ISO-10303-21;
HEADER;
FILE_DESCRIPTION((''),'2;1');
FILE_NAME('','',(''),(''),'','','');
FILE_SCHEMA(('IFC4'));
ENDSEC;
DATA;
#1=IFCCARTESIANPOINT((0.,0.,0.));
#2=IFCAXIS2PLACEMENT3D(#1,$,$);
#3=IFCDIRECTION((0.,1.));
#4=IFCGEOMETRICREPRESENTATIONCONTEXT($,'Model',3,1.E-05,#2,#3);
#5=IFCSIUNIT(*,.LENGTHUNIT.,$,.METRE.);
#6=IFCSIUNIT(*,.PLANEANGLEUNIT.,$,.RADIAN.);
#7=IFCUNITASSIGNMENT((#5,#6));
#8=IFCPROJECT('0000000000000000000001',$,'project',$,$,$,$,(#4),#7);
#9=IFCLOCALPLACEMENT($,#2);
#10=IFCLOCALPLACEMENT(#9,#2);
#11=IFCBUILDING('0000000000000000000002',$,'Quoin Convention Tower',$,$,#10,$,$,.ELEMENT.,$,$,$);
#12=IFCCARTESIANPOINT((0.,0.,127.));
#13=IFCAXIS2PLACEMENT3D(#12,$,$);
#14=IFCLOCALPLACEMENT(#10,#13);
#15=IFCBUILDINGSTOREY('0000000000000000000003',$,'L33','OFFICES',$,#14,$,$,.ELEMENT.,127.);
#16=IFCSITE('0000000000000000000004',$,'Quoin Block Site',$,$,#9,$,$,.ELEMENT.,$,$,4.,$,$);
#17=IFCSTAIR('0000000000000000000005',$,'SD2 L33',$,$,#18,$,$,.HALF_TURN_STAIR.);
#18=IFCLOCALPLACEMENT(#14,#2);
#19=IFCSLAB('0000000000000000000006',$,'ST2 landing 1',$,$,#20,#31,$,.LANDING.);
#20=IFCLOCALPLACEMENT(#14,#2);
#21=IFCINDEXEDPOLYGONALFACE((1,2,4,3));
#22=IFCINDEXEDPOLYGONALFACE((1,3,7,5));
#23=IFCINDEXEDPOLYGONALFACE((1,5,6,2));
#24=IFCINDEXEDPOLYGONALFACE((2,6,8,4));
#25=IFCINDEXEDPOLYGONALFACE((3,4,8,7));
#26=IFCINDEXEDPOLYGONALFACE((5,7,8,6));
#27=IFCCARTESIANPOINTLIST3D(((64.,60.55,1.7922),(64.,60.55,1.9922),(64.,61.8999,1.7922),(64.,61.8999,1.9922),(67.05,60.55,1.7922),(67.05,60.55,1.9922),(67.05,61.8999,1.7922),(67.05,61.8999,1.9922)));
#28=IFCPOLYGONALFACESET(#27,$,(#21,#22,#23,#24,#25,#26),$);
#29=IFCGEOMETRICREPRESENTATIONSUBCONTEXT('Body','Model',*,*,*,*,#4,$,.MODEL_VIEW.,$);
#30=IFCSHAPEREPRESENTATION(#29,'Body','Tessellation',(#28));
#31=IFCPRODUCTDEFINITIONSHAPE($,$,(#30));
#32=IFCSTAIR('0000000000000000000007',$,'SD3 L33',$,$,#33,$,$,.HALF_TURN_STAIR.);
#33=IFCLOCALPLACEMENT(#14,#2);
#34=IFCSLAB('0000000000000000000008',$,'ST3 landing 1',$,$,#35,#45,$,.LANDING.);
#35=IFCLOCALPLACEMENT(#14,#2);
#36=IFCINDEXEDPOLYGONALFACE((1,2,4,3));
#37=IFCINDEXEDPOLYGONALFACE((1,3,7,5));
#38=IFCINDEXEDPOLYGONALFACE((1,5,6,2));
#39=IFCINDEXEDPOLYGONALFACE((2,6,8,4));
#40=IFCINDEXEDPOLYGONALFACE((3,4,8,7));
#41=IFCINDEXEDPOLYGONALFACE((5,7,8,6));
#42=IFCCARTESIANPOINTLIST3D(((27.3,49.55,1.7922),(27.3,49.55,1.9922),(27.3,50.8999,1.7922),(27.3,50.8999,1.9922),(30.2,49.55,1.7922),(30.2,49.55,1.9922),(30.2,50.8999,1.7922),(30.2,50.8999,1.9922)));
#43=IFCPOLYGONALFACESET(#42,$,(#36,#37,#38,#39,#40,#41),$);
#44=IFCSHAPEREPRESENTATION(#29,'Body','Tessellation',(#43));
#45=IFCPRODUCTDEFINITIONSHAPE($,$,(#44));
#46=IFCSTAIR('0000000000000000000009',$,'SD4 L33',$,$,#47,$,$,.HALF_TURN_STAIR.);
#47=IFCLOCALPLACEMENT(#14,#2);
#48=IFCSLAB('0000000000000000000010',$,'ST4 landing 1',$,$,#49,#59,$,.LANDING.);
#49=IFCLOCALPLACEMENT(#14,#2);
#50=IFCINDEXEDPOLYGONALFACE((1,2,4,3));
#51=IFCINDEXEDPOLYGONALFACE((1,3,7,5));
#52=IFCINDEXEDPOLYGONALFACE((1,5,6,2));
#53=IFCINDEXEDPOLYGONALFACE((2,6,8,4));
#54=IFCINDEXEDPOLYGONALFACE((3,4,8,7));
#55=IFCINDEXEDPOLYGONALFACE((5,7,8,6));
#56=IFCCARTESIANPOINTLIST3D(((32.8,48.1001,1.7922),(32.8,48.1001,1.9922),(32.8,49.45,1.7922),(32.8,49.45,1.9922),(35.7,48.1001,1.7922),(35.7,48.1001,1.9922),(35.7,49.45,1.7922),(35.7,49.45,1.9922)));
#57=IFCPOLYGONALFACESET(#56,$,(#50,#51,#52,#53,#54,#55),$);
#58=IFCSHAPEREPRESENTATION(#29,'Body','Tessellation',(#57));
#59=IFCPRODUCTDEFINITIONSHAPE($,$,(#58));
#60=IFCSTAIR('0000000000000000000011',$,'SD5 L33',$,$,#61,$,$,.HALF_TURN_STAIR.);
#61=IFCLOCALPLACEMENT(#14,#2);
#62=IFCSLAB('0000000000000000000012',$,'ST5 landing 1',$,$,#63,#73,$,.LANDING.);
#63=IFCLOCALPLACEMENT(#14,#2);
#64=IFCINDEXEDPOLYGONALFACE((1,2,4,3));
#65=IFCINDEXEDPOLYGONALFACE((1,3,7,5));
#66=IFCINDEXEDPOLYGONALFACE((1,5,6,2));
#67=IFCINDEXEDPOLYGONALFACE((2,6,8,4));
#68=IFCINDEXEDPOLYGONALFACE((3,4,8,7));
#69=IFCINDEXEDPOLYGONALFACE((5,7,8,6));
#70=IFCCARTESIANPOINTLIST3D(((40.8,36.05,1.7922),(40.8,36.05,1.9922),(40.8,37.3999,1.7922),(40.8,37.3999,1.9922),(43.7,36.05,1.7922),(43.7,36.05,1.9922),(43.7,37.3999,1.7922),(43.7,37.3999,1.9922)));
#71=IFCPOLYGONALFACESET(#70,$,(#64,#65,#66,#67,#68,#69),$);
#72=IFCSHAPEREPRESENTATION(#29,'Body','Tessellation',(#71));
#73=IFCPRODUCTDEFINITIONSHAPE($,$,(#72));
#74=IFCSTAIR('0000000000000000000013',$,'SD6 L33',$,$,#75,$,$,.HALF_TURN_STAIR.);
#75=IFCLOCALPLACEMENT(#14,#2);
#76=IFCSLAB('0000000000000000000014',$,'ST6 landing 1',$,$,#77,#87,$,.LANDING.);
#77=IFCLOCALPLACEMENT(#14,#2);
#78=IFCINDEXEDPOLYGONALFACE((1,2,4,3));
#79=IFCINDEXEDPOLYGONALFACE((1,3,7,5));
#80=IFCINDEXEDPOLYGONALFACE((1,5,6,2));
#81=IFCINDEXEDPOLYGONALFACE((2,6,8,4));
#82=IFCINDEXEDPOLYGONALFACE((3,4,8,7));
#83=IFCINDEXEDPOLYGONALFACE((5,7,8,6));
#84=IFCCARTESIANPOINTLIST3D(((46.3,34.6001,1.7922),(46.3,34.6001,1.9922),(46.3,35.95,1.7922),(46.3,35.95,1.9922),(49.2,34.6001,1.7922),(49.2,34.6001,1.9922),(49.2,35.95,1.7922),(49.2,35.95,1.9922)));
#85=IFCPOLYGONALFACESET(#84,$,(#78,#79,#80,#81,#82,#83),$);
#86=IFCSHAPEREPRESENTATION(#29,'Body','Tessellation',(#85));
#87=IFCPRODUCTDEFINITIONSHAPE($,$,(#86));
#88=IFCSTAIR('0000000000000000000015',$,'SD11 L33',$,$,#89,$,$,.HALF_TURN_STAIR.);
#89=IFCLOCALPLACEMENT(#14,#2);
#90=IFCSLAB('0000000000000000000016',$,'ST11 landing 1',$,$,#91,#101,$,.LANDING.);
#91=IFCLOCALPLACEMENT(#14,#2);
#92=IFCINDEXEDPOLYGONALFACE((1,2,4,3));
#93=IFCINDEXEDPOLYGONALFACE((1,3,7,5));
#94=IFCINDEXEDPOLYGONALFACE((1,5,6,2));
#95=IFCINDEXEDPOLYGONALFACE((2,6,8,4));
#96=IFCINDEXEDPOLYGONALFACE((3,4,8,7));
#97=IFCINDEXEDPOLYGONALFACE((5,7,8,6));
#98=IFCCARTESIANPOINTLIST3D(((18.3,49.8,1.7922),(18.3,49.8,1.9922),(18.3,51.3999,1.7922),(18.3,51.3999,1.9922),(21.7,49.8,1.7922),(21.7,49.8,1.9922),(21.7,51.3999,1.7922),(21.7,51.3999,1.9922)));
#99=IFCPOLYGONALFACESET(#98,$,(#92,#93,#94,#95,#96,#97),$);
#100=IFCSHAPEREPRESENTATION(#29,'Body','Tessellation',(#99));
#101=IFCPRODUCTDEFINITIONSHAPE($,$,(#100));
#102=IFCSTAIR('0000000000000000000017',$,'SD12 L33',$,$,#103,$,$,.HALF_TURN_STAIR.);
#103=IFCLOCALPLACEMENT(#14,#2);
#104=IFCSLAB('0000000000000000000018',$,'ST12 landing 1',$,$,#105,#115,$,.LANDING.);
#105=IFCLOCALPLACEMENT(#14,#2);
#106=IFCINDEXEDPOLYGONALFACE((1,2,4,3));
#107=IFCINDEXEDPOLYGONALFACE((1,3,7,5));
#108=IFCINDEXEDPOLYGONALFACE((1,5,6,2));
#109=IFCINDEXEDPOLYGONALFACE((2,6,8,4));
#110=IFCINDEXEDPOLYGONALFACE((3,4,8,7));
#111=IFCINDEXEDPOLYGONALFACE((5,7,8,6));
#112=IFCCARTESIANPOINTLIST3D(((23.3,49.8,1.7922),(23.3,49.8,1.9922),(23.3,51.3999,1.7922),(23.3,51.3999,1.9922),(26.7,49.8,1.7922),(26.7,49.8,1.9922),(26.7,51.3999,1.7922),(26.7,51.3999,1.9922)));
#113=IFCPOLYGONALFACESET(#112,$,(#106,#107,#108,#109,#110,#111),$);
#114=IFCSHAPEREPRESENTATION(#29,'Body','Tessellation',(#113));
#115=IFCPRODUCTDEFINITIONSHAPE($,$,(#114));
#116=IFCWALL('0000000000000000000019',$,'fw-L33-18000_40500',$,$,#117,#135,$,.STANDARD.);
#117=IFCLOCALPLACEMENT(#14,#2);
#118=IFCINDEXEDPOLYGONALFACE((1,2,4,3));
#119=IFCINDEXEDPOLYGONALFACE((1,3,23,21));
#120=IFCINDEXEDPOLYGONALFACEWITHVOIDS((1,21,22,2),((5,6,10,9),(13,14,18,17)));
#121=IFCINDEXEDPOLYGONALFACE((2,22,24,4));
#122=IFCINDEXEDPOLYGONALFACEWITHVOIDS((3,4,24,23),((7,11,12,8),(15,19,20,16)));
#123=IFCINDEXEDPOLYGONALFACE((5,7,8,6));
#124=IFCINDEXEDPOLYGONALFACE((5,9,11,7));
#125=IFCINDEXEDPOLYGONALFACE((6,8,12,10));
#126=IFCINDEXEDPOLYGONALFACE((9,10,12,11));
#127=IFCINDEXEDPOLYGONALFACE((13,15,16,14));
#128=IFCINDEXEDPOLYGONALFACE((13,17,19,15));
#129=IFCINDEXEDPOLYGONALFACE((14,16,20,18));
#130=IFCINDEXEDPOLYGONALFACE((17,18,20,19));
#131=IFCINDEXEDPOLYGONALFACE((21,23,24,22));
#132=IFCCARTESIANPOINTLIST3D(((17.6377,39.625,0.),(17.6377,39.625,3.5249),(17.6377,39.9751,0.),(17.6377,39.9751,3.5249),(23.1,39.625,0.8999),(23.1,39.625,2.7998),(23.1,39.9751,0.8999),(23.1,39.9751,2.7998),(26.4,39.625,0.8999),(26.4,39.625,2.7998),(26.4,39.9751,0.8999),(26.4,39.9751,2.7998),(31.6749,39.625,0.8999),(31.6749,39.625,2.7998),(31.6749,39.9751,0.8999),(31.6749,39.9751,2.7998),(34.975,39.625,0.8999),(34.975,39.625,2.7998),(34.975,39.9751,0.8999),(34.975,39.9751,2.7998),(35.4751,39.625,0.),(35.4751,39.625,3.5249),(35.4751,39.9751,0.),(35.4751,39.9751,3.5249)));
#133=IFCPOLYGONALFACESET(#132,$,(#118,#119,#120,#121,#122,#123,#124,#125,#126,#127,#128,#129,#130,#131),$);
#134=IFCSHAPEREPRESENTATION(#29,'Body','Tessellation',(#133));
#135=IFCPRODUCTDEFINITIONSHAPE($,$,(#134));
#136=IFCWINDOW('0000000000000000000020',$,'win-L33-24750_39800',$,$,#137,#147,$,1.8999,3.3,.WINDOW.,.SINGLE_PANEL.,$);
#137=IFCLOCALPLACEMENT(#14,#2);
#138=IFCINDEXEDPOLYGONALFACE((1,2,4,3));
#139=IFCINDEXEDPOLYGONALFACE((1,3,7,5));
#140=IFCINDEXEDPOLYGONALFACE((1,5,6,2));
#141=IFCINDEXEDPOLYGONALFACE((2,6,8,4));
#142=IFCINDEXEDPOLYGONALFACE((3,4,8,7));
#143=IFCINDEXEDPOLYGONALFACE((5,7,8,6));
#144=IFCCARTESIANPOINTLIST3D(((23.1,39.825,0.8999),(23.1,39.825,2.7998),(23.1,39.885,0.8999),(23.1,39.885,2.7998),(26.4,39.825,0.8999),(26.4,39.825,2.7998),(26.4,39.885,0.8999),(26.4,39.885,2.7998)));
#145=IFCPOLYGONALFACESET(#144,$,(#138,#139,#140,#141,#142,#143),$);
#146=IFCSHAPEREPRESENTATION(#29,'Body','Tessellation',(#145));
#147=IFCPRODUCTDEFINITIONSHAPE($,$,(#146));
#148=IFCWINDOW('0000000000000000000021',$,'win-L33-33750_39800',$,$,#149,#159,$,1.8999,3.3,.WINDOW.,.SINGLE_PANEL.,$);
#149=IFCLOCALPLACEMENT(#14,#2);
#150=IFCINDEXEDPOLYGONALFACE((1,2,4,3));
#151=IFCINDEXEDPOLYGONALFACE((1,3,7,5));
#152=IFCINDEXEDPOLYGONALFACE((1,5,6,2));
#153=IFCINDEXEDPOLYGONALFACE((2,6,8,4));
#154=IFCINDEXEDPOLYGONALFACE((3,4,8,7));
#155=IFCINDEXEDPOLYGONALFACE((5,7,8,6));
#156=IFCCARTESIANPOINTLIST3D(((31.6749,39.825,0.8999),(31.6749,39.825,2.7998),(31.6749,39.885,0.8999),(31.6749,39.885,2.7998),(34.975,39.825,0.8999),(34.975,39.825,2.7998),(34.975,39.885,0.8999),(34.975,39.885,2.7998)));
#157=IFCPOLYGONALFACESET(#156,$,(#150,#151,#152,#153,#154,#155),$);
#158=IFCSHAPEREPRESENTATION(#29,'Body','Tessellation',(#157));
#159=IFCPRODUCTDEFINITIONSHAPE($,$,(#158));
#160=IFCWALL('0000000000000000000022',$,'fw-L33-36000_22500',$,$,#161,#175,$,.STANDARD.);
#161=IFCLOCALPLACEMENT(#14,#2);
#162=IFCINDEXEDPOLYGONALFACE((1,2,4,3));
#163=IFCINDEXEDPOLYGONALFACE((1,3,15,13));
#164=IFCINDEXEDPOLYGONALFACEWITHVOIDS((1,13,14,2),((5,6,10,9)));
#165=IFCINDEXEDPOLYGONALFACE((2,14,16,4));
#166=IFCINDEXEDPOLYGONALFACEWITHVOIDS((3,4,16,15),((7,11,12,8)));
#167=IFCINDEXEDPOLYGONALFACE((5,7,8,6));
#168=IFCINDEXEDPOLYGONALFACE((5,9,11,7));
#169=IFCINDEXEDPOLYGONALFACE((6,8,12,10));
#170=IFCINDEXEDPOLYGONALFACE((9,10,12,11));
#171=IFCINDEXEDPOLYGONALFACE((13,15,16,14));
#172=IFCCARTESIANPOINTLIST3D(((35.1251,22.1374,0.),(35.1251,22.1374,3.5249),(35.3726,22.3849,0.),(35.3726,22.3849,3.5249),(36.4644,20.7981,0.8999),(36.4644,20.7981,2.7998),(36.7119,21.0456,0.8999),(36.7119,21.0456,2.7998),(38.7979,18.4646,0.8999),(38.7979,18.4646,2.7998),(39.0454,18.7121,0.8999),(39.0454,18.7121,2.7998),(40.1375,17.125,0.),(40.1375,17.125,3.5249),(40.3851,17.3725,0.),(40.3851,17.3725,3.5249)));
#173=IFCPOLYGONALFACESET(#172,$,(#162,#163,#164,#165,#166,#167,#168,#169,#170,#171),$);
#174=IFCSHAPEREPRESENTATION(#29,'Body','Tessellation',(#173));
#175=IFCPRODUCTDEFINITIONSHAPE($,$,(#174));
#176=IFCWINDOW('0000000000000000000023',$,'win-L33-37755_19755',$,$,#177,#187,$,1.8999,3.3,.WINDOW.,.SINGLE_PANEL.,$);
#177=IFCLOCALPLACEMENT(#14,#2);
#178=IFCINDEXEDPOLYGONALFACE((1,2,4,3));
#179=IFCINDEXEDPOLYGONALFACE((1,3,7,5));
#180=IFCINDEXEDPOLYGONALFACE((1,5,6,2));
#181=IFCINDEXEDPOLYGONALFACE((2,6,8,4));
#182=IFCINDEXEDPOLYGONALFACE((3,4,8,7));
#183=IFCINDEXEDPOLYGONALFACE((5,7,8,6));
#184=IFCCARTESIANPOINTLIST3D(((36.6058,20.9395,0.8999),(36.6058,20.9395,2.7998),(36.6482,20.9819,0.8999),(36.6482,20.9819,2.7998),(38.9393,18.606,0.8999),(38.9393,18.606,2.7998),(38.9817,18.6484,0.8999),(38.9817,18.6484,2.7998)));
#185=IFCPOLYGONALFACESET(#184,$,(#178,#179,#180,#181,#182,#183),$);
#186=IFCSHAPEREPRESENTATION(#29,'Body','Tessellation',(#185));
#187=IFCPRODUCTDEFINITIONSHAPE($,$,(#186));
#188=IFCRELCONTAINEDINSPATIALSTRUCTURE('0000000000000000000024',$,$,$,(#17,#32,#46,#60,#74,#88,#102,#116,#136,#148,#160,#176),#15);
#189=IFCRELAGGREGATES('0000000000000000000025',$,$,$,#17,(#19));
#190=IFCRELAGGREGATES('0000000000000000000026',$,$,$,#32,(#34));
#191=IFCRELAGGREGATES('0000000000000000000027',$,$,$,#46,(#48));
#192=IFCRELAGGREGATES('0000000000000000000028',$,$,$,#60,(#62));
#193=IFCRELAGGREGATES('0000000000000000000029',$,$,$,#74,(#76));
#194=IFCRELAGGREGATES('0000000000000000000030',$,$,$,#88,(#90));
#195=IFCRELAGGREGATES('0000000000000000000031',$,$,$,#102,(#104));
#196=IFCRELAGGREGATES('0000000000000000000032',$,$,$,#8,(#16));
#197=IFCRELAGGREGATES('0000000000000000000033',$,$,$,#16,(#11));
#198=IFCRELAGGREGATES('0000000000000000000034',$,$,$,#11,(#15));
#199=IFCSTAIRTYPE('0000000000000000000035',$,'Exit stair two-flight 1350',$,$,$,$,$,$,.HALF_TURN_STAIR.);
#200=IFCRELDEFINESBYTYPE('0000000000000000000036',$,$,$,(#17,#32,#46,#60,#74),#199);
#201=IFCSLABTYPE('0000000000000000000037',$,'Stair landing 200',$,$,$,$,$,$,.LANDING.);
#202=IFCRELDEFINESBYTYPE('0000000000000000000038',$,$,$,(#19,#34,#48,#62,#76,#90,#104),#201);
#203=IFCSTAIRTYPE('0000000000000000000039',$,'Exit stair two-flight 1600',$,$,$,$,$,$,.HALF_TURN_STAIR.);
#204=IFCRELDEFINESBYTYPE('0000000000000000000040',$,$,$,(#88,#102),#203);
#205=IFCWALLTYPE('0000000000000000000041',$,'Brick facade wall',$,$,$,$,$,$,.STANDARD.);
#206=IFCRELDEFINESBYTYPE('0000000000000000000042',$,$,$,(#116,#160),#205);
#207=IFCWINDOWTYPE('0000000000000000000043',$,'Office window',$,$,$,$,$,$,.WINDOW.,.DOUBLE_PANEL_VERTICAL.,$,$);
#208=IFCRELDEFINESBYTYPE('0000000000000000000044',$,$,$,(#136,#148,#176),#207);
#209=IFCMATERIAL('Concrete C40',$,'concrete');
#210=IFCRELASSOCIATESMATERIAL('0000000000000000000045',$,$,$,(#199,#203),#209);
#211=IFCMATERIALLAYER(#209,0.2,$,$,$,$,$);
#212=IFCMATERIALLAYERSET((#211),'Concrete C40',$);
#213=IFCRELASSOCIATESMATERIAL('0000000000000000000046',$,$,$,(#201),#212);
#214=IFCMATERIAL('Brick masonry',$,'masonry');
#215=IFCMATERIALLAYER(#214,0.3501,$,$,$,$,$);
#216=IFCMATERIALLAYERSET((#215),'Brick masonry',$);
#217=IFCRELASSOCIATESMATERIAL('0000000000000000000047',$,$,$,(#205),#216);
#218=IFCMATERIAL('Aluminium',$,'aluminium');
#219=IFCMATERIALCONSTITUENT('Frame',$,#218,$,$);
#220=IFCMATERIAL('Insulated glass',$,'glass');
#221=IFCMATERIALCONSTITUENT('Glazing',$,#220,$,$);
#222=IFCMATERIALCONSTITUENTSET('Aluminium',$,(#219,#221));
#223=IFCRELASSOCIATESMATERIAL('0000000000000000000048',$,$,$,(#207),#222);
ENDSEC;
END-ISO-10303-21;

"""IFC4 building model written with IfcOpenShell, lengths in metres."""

from ifc_helpers import new_model, si_unit, direction, frame, frame_2d, origin, place, context, subcontext, project, spatial, polyline, rectangle, outline, extrude, material, layer, layer_set, constituent, constituent_set, type_object, element, fill, aggregate, save


model = new_model("IFC4")

# Units and contexts
model_context = context("Model", 3, precision=1e-05, world=origin(), true_north=direction((0.0, 1.0)))
body_context = subcontext(model_context, "Body", "Model", "MODEL_VIEW")
ifc_project = project(units=[si_unit("LENGTHUNIT", "METRE"), si_unit("PLANEANGLEUNIT", "RADIAN")], contexts=[model_context])

# Site, building, storey
site_placement = place(None, origin())
site = spatial("IfcSite", under=ifc_project, at=site_placement, Name="Quoin Block Site", CompositionType="ELEMENT", RefElevation=4.0)
building_placement = place(site_placement, origin())
building = spatial("IfcBuilding", under=site, at=building_placement, Name="Quoin Convention Tower", CompositionType="ELEMENT")
storey_placement = place(building_placement, frame((0.0, 0.0, 127.0)))
storey = spatial("IfcBuildingStorey", under=building, at=storey_placement, Name="L33", Description="OFFICES", CompositionType="ELEMENT", Elevation=127.0)

# Shared definitions
ifc_material_1 = material(Name="Concrete C40", Category="concrete")

# Stairs, slabs
stair_type_1 = type_object("IfcStairType", Name="Exit stair two-flight 1350", PredefinedType="HALF_TURN_STAIR", material=ifc_material_1)
ifc_layer_1 = layer(ifc_material_1, 0.2)
ifc_layer_set_1 = layer_set([ifc_layer_1], Name="Concrete C40")
slab_type_1 = type_object("IfcSlabType", Name="Stair landing 200", PredefinedType="LANDING", material=ifc_layer_set_1)
stair_1_placement = place(storey_placement, origin())
stair_1 = element("IfcStair", 1, at=stair_1_placement, inside=storey, type_object=stair_type_1, Name="SD2 L33", PredefinedType="HALF_TURN_STAIR")
slab_1_placement = place(storey_placement, frame((0.0, 0.0, 1.7922)))
slab_1 = element("IfcSlab", 2, at=slab_1_placement, type_object=slab_type_1, Name="ST2 landing 1", PredefinedType="LANDING", context=body_context, shape_type="SweptSolid", body=[
    extrude(outline(polyline([(64.0, 60.55), (67.05, 60.55), (67.05, 61.8999), (64.0, 61.8999), (64.0, 60.55)])), origin(), (0.0, 0.0, 1.0), 0.2),
])
aggregate(stair_1, [slab_1])
stair_2_placement = place(storey_placement, origin())
stair_2 = element("IfcStair", 3, at=stair_2_placement, inside=storey, type_object=stair_type_1, Name="SD3 L33", PredefinedType="HALF_TURN_STAIR")
slab_2_placement = place(storey_placement, frame((0.0, 0.0, 1.7922)))
slab_2 = element("IfcSlab", 4, at=slab_2_placement, type_object=slab_type_1, Name="ST3 landing 1", PredefinedType="LANDING", context=body_context, shape_type="SweptSolid", body=[
    extrude(outline(polyline([(27.3, 49.55), (30.2, 49.55), (30.2, 50.8999), (27.3, 50.8999), (27.3, 49.55)])), origin(), (0.0, 0.0, 1.0), 0.2),
])
aggregate(stair_2, [slab_2])
stair_3_placement = place(storey_placement, origin())
stair_3 = element("IfcStair", 5, at=stair_3_placement, inside=storey, type_object=stair_type_1, Name="SD4 L33", PredefinedType="HALF_TURN_STAIR")
slab_3_placement = place(storey_placement, frame((0.0, 0.0, 1.7922)))
slab_3 = element("IfcSlab", 6, at=slab_3_placement, type_object=slab_type_1, Name="ST4 landing 1", PredefinedType="LANDING", context=body_context, shape_type="SweptSolid", body=[
    extrude(outline(polyline([(35.7, 49.45), (32.8, 49.45), (32.8, 48.1001), (35.7, 48.1001), (35.7, 49.45)])), origin(), (0.0, 0.0, 1.0), 0.2),
])
aggregate(stair_3, [slab_3])
stair_4_placement = place(storey_placement, origin())
stair_4 = element("IfcStair", 7, at=stair_4_placement, inside=storey, type_object=stair_type_1, Name="SD5 L33", PredefinedType="HALF_TURN_STAIR")
slab_4_placement = place(storey_placement, frame((0.0, 0.0, 1.7922)))
slab_4 = element("IfcSlab", 8, at=slab_4_placement, type_object=slab_type_1, Name="ST5 landing 1", PredefinedType="LANDING", context=body_context, shape_type="SweptSolid", body=[
    extrude(outline(polyline([(40.8, 36.05), (43.7, 36.05), (43.7, 37.3999), (40.8, 37.3999), (40.8, 36.05)])), origin(), (0.0, 0.0, 1.0), 0.2),
])
aggregate(stair_4, [slab_4])
stair_5_placement = place(storey_placement, origin())
stair_5 = element("IfcStair", 9, at=stair_5_placement, inside=storey, type_object=stair_type_1, Name="SD6 L33", PredefinedType="HALF_TURN_STAIR")
slab_5_placement = place(storey_placement, frame((0.0, 0.0, 1.7922)))
slab_5 = element("IfcSlab", 10, at=slab_5_placement, type_object=slab_type_1, Name="ST6 landing 1", PredefinedType="LANDING", context=body_context, shape_type="SweptSolid", body=[
    extrude(outline(polyline([(49.2, 35.95), (46.3, 35.95), (46.3, 34.6001), (49.2, 34.6001), (49.2, 35.95)])), origin(), (0.0, 0.0, 1.0), 0.2),
])
aggregate(stair_5, [slab_5])
stair_type_2 = type_object("IfcStairType", Name="Exit stair two-flight 1600", PredefinedType="HALF_TURN_STAIR", material=ifc_material_1)
stair_6_placement = place(storey_placement, origin())
stair_6 = element("IfcStair", 11, at=stair_6_placement, inside=storey, type_object=stair_type_2, Name="SD11 L33", PredefinedType="HALF_TURN_STAIR")
slab_6_placement = place(storey_placement, frame((0.0, 0.0, 1.7922)))
slab_6 = element("IfcSlab", 12, at=slab_6_placement, type_object=slab_type_1, Name="ST11 landing 1", PredefinedType="LANDING", context=body_context, shape_type="SweptSolid", body=[
    extrude(outline(polyline([(21.7, 51.3999), (18.3, 51.3999), (18.3, 49.8), (21.7, 49.8), (21.7, 51.3999)])), origin(), (0.0, 0.0, 1.0), 0.2),
])
aggregate(stair_6, [slab_6])
stair_7_placement = place(storey_placement, origin())
stair_7 = element("IfcStair", 13, at=stair_7_placement, inside=storey, type_object=stair_type_2, Name="SD12 L33", PredefinedType="HALF_TURN_STAIR")
slab_7_placement = place(storey_placement, frame((0.0, 0.0, 1.7922)))
slab_7 = element("IfcSlab", 14, at=slab_7_placement, type_object=slab_type_1, Name="ST12 landing 1", PredefinedType="LANDING", context=body_context, shape_type="SweptSolid", body=[
    extrude(outline(polyline([(26.7, 51.3999), (23.3, 51.3999), (23.3, 49.8), (26.7, 49.8), (26.7, 51.3999)])), origin(), (0.0, 0.0, 1.0), 0.2),
])
aggregate(stair_7, [slab_7])

# Wall, openings, windows
ifc_material_2 = material(Name="Brick masonry", Category="masonry")
ifc_layer_2 = layer(ifc_material_2, 0.3501)
ifc_layer_set_2 = layer_set([ifc_layer_2], Name="Brick masonry")
wall_type_1 = type_object("IfcWallType", Name="Brick facade wall", PredefinedType="STANDARD", material=ifc_layer_set_2)
wall_1_placement = place(storey_placement, frame((17.6377, 39.8, 0.0), z_axis=(0.0, 0.0, 1.0), x_axis=(1.0, 0.0, 0.0)))
wall_1 = element("IfcWall", 15, at=wall_1_placement, inside=storey, type_object=wall_type_1, Name="fw-L33-18000_40500", PredefinedType="STANDARD", context=body_context, shape_type="SweptSolid", body=[
    extrude(rectangle(XDim=17.8374, YDim=0.3501, at=frame_2d((8.9187, 0.0))), origin(), (0.0, 0.0, 1.0), 3.5249),
])
opening_1_placement = place(wall_1_placement, frame((5.4624, 0.0, 0.8999)))
opening_1 = element("IfcOpeningElement", 16, at=opening_1_placement, cuts=wall_1, PredefinedType="OPENING", context=body_context, shape_type="SweptSolid", body=[
    extrude(rectangle(XDim=3.3, YDim=1.8999, at=frame_2d((1.6499, 0.95))), frame((0.0, 0.1851, 0.0), z_axis=(0.0, -1.0, 0.0), x_axis=(1.0, 0.0, 0.0)), (0.0, 0.0, 1.0), 0.3701),
])
opening_2_placement = place(wall_1_placement, frame((14.0374, 0.0, 0.8999)))
opening_2 = element("IfcOpeningElement", 17, at=opening_2_placement, cuts=wall_1, PredefinedType="OPENING", context=body_context, shape_type="SweptSolid", body=[
    extrude(rectangle(XDim=3.3, YDim=1.8999, at=frame_2d((1.6499, 0.95))), frame((0.0, 0.1851, 0.0), z_axis=(0.0, -1.0, 0.0), x_axis=(1.0, 0.0, 0.0)), (0.0, 0.0, 1.0), 0.3701),
])
ifc_material_3 = material(Name="Aluminium", Category="aluminium")
ifc_constituent_1 = constituent(ifc_material_3, Name="Frame")
ifc_material_4 = material(Name="Insulated glass", Category="glass")
ifc_constituent_2 = constituent(ifc_material_4, Name="Glazing")
ifc_constituent_set = constituent_set(constituents=[ifc_constituent_1, ifc_constituent_2], Name="Aluminium")
window_type = type_object("IfcWindowType", Name="Office window", PartitioningType="DOUBLE_PANEL_VERTICAL", PredefinedType="WINDOW", material=ifc_constituent_set)
window_1_placement = place(opening_1_placement, origin())
window_1 = element("IfcWindow", 18, at=window_1_placement, inside=storey, type_object=window_type, Name="win-L33-24750_39800", OverallHeight=1.8999, OverallWidth=3.3, PartitioningType="SINGLE_PANEL", PredefinedType="WINDOW", context=body_context, shape_type="SweptSolid", body=[
    extrude(rectangle(XDim=3.3, YDim=1.8999, at=frame_2d((1.6499, 0.95))), frame((0.0, 0.085, 0.0), z_axis=(0.0, -1.0, 0.0), x_axis=(1.0, 0.0, 0.0)), (0.0, 0.0, 1.0), 0.0601),
])
fill(opening_1, window_1)
window_2_placement = place(opening_2_placement, origin())
window_2 = element("IfcWindow", 19, at=window_2_placement, inside=storey, type_object=window_type, Name="win-L33-33750_39800", OverallHeight=1.8999, OverallWidth=3.3, PartitioningType="SINGLE_PANEL", PredefinedType="WINDOW", context=body_context, shape_type="SweptSolid", body=[
    extrude(rectangle(XDim=3.3, YDim=1.8999, at=frame_2d((1.6499, 0.95))), frame((0.0, 0.085, 0.0), z_axis=(0.0, -1.0, 0.0), x_axis=(1.0, 0.0, 0.0)), (0.0, 0.0, 1.0), 0.0601),
])
fill(opening_2, window_2)

# Wall, opening, window
wall_2_placement = place(storey_placement, frame((35.2488, 22.2612, 0.0), z_axis=(0.0, 0.0, 1.0), x_axis=(0.707107, -0.707107, 0.0)))
wall_2 = element("IfcWall", 20, at=wall_2_placement, inside=storey, type_object=wall_type_1, Name="fw-L33-36000_22500", PredefinedType="STANDARD", context=body_context, shape_type="SweptSolid", body=[
    extrude(rectangle(XDim=7.0886, YDim=0.3501, at=frame_2d((3.5444, 0.0))), origin(), (0.0, 0.0, 1.0), 3.5249),
])
opening_3_placement = place(wall_2_placement, frame((1.8943, 0.0, 0.8999)))
opening_3 = element("IfcOpeningElement", 21, at=opening_3_placement, cuts=wall_2, PredefinedType="OPENING", context=body_context, shape_type="SweptSolid", body=[
    extrude(rectangle(XDim=3.3, YDim=1.8999, at=frame_2d((1.6499, 0.95))), frame((0.0, 0.1851, 0.0), z_axis=(0.0, -1.0, 0.0), x_axis=(1.0, 0.0, 0.0)), (0.0, 0.0, 1.0), 0.3701),
])
window_3_placement = place(opening_3_placement, origin())
window_3 = element("IfcWindow", 22, at=window_3_placement, inside=storey, type_object=window_type, Name="win-L33-37755_19755", OverallHeight=1.8999, OverallWidth=3.3, PartitioningType="SINGLE_PANEL", PredefinedType="WINDOW", context=body_context, shape_type="SweptSolid", body=[
    extrude(rectangle(XDim=3.3, YDim=1.8999, at=frame_2d((1.6499, 0.95))), frame((0.0, 0.085, 0.0), z_axis=(0.0, -1.0, 0.0), x_axis=(1.0, 0.0, 0.0)), (0.0, 0.0, 1.0), 0.0601),
])
fill(opening_3, window_3)

save(model, "model.ifc")
